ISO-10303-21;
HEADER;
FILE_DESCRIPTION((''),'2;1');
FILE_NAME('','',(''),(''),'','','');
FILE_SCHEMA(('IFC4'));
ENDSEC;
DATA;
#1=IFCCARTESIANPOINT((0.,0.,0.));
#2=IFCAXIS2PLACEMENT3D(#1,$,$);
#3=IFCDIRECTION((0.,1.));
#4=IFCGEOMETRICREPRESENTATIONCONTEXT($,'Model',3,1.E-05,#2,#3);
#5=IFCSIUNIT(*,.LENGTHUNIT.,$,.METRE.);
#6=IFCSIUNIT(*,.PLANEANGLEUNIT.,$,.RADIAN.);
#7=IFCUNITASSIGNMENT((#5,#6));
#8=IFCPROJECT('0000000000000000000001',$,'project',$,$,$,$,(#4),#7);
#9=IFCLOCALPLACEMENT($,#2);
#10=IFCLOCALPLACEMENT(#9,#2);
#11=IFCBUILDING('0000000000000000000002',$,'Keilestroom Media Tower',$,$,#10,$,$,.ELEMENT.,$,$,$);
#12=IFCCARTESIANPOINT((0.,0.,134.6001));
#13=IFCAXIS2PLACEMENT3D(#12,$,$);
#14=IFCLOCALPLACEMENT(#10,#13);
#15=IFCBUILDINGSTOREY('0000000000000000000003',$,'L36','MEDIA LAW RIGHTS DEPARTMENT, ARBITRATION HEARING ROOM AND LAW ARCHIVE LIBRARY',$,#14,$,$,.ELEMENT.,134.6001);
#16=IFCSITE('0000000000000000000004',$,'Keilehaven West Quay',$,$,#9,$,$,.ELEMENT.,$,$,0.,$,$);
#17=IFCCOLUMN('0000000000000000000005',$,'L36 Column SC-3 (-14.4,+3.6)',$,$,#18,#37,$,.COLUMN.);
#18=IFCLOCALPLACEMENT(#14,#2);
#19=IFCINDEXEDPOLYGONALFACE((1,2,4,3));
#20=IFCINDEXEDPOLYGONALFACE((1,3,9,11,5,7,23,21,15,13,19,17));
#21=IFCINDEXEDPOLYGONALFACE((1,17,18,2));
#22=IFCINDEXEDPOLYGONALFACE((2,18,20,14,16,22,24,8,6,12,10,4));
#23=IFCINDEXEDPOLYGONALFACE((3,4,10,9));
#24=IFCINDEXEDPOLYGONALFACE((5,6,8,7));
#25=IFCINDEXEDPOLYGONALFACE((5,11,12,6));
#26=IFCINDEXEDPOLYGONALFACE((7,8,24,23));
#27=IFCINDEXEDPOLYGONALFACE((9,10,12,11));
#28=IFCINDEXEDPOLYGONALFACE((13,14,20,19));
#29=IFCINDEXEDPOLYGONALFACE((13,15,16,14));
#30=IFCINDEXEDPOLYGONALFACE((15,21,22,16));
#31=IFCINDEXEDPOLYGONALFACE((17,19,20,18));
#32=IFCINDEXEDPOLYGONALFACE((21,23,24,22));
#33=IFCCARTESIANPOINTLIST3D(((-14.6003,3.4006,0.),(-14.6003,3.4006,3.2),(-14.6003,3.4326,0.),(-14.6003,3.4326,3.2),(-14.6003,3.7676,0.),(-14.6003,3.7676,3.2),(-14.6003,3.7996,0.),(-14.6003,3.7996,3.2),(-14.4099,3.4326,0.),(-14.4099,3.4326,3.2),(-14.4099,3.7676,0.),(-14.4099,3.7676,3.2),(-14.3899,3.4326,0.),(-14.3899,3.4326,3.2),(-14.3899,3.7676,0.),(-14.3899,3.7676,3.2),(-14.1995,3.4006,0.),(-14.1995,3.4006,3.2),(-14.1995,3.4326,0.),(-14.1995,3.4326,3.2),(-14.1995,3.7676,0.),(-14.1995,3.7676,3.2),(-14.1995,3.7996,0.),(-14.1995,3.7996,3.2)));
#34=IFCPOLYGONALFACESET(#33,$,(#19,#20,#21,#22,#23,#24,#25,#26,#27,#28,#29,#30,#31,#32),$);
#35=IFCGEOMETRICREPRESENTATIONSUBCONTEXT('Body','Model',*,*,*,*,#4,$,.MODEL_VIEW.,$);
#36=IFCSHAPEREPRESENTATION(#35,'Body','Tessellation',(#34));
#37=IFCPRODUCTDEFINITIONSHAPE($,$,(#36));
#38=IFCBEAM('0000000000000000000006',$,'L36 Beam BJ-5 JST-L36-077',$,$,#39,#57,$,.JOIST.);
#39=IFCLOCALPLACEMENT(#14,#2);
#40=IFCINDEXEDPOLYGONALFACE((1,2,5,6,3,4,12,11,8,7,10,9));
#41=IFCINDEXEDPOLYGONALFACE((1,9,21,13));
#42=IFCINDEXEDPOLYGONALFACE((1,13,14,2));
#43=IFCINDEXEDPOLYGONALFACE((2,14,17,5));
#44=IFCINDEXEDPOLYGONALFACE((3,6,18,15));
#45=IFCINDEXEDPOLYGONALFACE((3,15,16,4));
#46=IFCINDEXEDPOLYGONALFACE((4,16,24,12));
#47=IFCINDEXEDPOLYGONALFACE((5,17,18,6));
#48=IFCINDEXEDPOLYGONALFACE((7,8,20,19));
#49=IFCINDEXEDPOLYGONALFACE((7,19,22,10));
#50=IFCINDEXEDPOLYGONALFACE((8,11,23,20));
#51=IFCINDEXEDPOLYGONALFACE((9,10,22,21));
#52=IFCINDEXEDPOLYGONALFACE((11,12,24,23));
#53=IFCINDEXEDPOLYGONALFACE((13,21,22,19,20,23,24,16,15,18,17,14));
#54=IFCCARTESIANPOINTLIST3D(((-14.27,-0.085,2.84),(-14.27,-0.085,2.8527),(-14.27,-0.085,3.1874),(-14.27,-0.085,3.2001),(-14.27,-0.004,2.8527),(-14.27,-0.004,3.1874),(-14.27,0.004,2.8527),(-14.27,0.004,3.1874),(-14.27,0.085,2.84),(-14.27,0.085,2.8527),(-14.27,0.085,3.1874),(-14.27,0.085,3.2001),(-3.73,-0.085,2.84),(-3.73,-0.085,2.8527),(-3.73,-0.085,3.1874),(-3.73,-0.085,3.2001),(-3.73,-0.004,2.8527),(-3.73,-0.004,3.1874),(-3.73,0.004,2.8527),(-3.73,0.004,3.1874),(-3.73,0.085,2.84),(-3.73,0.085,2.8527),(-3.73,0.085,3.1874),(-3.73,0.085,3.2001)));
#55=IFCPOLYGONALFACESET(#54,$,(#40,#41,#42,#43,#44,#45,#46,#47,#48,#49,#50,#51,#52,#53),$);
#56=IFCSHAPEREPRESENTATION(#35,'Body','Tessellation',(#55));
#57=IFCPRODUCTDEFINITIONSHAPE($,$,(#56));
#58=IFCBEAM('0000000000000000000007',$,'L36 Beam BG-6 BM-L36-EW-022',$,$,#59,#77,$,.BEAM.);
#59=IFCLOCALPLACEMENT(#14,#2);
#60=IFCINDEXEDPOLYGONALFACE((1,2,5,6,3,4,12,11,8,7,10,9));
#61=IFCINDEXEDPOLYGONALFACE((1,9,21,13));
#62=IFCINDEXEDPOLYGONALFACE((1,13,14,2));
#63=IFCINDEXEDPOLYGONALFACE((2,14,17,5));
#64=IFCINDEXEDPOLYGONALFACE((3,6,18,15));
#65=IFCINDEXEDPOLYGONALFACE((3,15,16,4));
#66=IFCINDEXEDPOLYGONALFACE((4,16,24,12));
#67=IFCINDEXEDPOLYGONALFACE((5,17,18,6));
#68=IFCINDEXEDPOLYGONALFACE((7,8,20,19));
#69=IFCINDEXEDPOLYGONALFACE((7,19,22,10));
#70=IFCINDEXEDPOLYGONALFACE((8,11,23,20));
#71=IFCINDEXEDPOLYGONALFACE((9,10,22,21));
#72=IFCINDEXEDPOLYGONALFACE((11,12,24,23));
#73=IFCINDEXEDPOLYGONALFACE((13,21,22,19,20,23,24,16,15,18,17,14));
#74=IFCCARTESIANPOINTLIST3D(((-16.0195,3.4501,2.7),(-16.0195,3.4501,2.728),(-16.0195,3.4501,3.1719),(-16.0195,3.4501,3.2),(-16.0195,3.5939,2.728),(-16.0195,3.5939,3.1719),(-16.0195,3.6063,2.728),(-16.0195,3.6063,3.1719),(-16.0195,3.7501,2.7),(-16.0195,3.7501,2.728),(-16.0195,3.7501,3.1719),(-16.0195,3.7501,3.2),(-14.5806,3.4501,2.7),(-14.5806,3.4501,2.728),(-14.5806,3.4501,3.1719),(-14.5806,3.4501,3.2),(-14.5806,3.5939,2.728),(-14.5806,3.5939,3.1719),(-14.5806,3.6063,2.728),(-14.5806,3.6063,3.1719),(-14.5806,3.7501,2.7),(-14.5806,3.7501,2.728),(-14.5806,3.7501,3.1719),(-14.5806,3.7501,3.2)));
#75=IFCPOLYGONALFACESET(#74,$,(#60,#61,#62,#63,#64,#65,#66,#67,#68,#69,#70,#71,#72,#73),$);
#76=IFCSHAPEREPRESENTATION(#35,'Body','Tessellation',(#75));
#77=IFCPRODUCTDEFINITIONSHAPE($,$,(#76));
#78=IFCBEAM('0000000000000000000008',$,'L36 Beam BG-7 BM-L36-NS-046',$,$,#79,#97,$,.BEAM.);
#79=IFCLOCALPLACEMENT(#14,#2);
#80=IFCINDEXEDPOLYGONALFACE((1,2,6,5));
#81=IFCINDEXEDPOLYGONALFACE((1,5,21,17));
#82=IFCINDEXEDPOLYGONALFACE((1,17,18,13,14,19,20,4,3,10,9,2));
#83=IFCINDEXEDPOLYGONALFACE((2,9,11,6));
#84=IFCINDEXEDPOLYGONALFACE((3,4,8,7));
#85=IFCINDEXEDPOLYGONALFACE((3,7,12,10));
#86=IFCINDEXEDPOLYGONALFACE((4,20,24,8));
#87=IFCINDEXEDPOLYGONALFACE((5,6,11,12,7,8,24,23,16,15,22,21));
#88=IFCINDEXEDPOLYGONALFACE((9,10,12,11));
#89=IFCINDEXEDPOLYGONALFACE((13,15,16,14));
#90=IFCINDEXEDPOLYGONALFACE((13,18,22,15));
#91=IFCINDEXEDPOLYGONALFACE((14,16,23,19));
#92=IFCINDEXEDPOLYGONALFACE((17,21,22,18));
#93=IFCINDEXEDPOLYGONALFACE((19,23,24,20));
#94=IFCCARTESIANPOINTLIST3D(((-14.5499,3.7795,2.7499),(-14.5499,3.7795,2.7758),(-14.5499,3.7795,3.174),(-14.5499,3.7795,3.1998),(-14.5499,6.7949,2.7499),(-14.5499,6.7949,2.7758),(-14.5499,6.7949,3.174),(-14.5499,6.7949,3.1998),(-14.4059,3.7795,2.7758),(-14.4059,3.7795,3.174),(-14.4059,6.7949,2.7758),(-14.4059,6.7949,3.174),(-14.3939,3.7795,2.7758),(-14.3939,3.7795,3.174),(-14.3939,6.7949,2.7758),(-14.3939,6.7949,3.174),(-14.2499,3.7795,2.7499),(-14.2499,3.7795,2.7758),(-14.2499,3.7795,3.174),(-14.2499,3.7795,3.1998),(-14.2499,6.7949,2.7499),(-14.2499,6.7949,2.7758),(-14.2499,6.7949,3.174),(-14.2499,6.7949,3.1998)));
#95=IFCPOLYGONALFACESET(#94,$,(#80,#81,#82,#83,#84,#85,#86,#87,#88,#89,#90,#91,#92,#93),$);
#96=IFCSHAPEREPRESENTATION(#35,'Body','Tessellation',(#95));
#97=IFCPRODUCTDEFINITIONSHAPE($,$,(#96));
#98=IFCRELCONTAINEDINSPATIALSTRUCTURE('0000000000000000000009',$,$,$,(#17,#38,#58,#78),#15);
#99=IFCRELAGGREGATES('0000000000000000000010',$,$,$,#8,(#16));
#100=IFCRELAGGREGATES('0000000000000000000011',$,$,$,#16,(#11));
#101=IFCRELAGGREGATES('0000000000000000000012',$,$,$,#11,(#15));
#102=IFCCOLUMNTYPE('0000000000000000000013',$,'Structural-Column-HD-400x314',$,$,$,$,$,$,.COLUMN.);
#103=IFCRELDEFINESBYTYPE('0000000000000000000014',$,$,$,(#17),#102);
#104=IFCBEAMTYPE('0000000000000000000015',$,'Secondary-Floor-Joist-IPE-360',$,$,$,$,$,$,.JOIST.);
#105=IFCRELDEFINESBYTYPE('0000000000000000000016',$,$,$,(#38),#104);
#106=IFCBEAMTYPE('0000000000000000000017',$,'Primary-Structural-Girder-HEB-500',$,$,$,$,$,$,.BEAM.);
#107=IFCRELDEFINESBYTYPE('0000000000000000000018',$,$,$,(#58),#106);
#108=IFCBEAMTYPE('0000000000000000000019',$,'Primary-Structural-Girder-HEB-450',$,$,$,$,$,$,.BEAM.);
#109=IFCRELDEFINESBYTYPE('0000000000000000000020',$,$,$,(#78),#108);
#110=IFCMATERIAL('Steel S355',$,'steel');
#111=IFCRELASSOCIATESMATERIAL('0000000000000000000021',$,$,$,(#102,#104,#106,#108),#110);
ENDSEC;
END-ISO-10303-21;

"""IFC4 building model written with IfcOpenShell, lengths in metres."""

from ifc_helpers import new_model, si_unit, direction, frame, origin, origin_2d, place, context, subcontext, project, spatial, i_section, extrude, source, transform, mapped, material, material_profile, profile_set, type_object, element, save


model = new_model("IFC4")

# Units and contexts
model_context = context("Model", 3, precision=1e-05, world=origin(), true_north=direction((0.0, 1.0)))
body_context = subcontext(model_context, "Body", "Model", "MODEL_VIEW")
ifc_project = project(units=[si_unit("LENGTHUNIT", "METRE"), si_unit("PLANEANGLEUNIT", "RADIAN")], contexts=[model_context])

# Site, building, storey
site_placement = place(None, origin())
site = spatial("IfcSite", under=ifc_project, at=site_placement, Name="Keilehaven West Quay", CompositionType="ELEMENT", RefElevation=0.0)
building_placement = place(site_placement, origin())
building = spatial("IfcBuilding", under=site, at=building_placement, Name="Keilestroom Media Tower", CompositionType="ELEMENT")
storey_placement = place(building_placement, frame((0.0, 0.0, 134.6001)))
storey = spatial("IfcBuildingStorey", under=building, at=storey_placement, Name="L36", Description="MEDIA LAW RIGHTS DEPARTMENT, ARBITRATION HEARING ROOM AND LAW ARCHIVE LIBRARY", CompositionType="ELEMENT", Elevation=134.6001)

# Column
ifc_material_1 = material(Name="Steel S355", Category="steel")
ifc_material_profile_1 = material_profile(ifc_material_1, i_section(OverallWidth=0.4009, OverallDepth=0.3989, WebThickness=0.02, FlangeThickness=0.032, at=origin_2d()), Name="HD 400x314")
ifc_profile_set_1 = profile_set([ifc_material_profile_1], Name="Steel S355")
column_type = type_object("IfcColumnType", Name="Structural-Column-HD-400x314", PredefinedType="COLUMN", material=ifc_profile_set_1)
shared_shape_1 = source(origin(), body_context, "Body", "SweptSolid", [
    extrude(i_section(OverallWidth=0.4009, OverallDepth=0.3989, WebThickness=0.02, FlangeThickness=0.032, at=origin_2d()), origin(), (0.0, 0.0, 1.0), 3.2),
])
column_placement = place(storey_placement, frame((-14.3999, 3.6001, 0.0), z_axis=(0.0, 0.0, 1.0), x_axis=(1.0, 0.0, 0.0)))
element("IfcColumn", 1, at=column_placement, inside=storey, type_object=column_type, Name="L36 Column SC-3 (-14.4,+3.6)", PredefinedType="COLUMN", context=body_context, shape_type="MappedRepresentation", body=[
    mapped(shared_shape_1, transform((0.0, 0.0, 0.0), x_axis=(1.0, 0.0, 0.0), y_axis=(0.0, 1.0, 0.0), z_axis=(0.0, 0.0, 1.0), scale=1.0)),
])

# Beams
ifc_material_profile_2 = material_profile(ifc_material_1, i_section(OverallWidth=0.1699, OverallDepth=0.3601, WebThickness=0.0081, FlangeThickness=0.0127, at=origin_2d()), Name="IPE 360")
ifc_profile_set_2 = profile_set([ifc_material_profile_2], Name="Steel S355")
beam_type_1 = type_object("IfcBeamType", Name="Secondary-Floor-Joist-IPE-360", PredefinedType="JOIST", material=ifc_profile_set_2)
shared_shape_2 = source(origin(), body_context, "Body", "SweptSolid", [
    extrude(i_section(OverallWidth=0.1699, OverallDepth=0.3601, WebThickness=0.0081, FlangeThickness=0.0127, at=origin_2d()), origin(), (0.0, 0.0, 1.0), 10.54),
])
beam_1_placement = place(storey_placement, frame((-14.27, 0.0, 3.02), z_axis=(1.0, 0.0, 0.0), x_axis=(0.0, 1.0, 0.0)))
element("IfcBeam", 2, at=beam_1_placement, inside=storey, type_object=beam_type_1, Name="L36 Beam BJ-5 JST-L36-077", PredefinedType="JOIST", context=body_context, shape_type="MappedRepresentation", body=[
    mapped(shared_shape_2, transform((0.0, 0.0, 0.0), x_axis=(1.0, 0.0, 0.0), y_axis=(0.0, 1.0, 0.0), z_axis=(0.0, 0.0, 1.0), scale=1.0)),
])
ifc_material_profile_3 = material_profile(ifc_material_1, i_section(OverallWidth=0.3, OverallDepth=0.5, WebThickness=0.0125, FlangeThickness=0.0281, at=origin_2d()), Name="HEB 500")
ifc_profile_set_3 = profile_set([ifc_material_profile_3], Name="Steel S355")
beam_type_2 = type_object("IfcBeamType", Name="Primary-Structural-Girder-HEB-500", PredefinedType="BEAM", material=ifc_profile_set_3)
shared_shape_3 = source(origin(), body_context, "Body", "SweptSolid", [
    extrude(i_section(OverallWidth=0.3, OverallDepth=0.5, WebThickness=0.0125, FlangeThickness=0.0281, at=origin_2d()), origin(), (0.0, 0.0, 1.0), 1.439),
])
beam_2_placement = place(storey_placement, frame((-16.0195, 3.6001, 2.95), z_axis=(1.0, 0.0, 0.0), x_axis=(0.0, 1.0, 0.0)))
element("IfcBeam", 3, at=beam_2_placement, inside=storey, type_object=beam_type_2, Name="L36 Beam BG-6 BM-L36-EW-022", PredefinedType="BEAM", context=body_context, shape_type="MappedRepresentation", body=[
    mapped(shared_shape_3, transform((0.0, 0.0, 0.0), x_axis=(1.0, 0.0, 0.0), y_axis=(0.0, 1.0, 0.0), z_axis=(0.0, 0.0, 1.0), scale=1.0)),
])
ifc_material_profile_4 = material_profile(ifc_material_1, i_section(OverallWidth=0.3, OverallDepth=0.45, WebThickness=0.012, FlangeThickness=0.0259, at=origin_2d()), Name="HEB 450")
ifc_profile_set_4 = profile_set([ifc_material_profile_4], Name="Steel S355")
beam_type_3 = type_object("IfcBeamType", Name="Primary-Structural-Girder-HEB-450", PredefinedType="BEAM", material=ifc_profile_set_4)
shared_shape_4 = source(origin(), body_context, "Body", "SweptSolid", [
    extrude(i_section(OverallWidth=0.3, OverallDepth=0.45, WebThickness=0.012, FlangeThickness=0.0259, at=origin_2d()), origin(), (0.0, 0.0, 1.0), 3.0154),
])
beam_3_placement = place(storey_placement, frame((-14.3999, 3.7795, 2.9749), z_axis=(0.0, 1.0, 0.0), x_axis=(-1.0, 0.0, 0.0)))
element("IfcBeam", 4, at=beam_3_placement, inside=storey, type_object=beam_type_3, Name="L36 Beam BG-7 BM-L36-NS-046", PredefinedType="BEAM", context=body_context, shape_type="MappedRepresentation", body=[
    mapped(shared_shape_4, transform((0.0, 0.0, 0.0), x_axis=(1.0, 0.0, 0.0), y_axis=(0.0, 1.0, 0.0), z_axis=(0.0, 0.0, 1.0), scale=1.0)),
])

save(model, "model.ifc")
